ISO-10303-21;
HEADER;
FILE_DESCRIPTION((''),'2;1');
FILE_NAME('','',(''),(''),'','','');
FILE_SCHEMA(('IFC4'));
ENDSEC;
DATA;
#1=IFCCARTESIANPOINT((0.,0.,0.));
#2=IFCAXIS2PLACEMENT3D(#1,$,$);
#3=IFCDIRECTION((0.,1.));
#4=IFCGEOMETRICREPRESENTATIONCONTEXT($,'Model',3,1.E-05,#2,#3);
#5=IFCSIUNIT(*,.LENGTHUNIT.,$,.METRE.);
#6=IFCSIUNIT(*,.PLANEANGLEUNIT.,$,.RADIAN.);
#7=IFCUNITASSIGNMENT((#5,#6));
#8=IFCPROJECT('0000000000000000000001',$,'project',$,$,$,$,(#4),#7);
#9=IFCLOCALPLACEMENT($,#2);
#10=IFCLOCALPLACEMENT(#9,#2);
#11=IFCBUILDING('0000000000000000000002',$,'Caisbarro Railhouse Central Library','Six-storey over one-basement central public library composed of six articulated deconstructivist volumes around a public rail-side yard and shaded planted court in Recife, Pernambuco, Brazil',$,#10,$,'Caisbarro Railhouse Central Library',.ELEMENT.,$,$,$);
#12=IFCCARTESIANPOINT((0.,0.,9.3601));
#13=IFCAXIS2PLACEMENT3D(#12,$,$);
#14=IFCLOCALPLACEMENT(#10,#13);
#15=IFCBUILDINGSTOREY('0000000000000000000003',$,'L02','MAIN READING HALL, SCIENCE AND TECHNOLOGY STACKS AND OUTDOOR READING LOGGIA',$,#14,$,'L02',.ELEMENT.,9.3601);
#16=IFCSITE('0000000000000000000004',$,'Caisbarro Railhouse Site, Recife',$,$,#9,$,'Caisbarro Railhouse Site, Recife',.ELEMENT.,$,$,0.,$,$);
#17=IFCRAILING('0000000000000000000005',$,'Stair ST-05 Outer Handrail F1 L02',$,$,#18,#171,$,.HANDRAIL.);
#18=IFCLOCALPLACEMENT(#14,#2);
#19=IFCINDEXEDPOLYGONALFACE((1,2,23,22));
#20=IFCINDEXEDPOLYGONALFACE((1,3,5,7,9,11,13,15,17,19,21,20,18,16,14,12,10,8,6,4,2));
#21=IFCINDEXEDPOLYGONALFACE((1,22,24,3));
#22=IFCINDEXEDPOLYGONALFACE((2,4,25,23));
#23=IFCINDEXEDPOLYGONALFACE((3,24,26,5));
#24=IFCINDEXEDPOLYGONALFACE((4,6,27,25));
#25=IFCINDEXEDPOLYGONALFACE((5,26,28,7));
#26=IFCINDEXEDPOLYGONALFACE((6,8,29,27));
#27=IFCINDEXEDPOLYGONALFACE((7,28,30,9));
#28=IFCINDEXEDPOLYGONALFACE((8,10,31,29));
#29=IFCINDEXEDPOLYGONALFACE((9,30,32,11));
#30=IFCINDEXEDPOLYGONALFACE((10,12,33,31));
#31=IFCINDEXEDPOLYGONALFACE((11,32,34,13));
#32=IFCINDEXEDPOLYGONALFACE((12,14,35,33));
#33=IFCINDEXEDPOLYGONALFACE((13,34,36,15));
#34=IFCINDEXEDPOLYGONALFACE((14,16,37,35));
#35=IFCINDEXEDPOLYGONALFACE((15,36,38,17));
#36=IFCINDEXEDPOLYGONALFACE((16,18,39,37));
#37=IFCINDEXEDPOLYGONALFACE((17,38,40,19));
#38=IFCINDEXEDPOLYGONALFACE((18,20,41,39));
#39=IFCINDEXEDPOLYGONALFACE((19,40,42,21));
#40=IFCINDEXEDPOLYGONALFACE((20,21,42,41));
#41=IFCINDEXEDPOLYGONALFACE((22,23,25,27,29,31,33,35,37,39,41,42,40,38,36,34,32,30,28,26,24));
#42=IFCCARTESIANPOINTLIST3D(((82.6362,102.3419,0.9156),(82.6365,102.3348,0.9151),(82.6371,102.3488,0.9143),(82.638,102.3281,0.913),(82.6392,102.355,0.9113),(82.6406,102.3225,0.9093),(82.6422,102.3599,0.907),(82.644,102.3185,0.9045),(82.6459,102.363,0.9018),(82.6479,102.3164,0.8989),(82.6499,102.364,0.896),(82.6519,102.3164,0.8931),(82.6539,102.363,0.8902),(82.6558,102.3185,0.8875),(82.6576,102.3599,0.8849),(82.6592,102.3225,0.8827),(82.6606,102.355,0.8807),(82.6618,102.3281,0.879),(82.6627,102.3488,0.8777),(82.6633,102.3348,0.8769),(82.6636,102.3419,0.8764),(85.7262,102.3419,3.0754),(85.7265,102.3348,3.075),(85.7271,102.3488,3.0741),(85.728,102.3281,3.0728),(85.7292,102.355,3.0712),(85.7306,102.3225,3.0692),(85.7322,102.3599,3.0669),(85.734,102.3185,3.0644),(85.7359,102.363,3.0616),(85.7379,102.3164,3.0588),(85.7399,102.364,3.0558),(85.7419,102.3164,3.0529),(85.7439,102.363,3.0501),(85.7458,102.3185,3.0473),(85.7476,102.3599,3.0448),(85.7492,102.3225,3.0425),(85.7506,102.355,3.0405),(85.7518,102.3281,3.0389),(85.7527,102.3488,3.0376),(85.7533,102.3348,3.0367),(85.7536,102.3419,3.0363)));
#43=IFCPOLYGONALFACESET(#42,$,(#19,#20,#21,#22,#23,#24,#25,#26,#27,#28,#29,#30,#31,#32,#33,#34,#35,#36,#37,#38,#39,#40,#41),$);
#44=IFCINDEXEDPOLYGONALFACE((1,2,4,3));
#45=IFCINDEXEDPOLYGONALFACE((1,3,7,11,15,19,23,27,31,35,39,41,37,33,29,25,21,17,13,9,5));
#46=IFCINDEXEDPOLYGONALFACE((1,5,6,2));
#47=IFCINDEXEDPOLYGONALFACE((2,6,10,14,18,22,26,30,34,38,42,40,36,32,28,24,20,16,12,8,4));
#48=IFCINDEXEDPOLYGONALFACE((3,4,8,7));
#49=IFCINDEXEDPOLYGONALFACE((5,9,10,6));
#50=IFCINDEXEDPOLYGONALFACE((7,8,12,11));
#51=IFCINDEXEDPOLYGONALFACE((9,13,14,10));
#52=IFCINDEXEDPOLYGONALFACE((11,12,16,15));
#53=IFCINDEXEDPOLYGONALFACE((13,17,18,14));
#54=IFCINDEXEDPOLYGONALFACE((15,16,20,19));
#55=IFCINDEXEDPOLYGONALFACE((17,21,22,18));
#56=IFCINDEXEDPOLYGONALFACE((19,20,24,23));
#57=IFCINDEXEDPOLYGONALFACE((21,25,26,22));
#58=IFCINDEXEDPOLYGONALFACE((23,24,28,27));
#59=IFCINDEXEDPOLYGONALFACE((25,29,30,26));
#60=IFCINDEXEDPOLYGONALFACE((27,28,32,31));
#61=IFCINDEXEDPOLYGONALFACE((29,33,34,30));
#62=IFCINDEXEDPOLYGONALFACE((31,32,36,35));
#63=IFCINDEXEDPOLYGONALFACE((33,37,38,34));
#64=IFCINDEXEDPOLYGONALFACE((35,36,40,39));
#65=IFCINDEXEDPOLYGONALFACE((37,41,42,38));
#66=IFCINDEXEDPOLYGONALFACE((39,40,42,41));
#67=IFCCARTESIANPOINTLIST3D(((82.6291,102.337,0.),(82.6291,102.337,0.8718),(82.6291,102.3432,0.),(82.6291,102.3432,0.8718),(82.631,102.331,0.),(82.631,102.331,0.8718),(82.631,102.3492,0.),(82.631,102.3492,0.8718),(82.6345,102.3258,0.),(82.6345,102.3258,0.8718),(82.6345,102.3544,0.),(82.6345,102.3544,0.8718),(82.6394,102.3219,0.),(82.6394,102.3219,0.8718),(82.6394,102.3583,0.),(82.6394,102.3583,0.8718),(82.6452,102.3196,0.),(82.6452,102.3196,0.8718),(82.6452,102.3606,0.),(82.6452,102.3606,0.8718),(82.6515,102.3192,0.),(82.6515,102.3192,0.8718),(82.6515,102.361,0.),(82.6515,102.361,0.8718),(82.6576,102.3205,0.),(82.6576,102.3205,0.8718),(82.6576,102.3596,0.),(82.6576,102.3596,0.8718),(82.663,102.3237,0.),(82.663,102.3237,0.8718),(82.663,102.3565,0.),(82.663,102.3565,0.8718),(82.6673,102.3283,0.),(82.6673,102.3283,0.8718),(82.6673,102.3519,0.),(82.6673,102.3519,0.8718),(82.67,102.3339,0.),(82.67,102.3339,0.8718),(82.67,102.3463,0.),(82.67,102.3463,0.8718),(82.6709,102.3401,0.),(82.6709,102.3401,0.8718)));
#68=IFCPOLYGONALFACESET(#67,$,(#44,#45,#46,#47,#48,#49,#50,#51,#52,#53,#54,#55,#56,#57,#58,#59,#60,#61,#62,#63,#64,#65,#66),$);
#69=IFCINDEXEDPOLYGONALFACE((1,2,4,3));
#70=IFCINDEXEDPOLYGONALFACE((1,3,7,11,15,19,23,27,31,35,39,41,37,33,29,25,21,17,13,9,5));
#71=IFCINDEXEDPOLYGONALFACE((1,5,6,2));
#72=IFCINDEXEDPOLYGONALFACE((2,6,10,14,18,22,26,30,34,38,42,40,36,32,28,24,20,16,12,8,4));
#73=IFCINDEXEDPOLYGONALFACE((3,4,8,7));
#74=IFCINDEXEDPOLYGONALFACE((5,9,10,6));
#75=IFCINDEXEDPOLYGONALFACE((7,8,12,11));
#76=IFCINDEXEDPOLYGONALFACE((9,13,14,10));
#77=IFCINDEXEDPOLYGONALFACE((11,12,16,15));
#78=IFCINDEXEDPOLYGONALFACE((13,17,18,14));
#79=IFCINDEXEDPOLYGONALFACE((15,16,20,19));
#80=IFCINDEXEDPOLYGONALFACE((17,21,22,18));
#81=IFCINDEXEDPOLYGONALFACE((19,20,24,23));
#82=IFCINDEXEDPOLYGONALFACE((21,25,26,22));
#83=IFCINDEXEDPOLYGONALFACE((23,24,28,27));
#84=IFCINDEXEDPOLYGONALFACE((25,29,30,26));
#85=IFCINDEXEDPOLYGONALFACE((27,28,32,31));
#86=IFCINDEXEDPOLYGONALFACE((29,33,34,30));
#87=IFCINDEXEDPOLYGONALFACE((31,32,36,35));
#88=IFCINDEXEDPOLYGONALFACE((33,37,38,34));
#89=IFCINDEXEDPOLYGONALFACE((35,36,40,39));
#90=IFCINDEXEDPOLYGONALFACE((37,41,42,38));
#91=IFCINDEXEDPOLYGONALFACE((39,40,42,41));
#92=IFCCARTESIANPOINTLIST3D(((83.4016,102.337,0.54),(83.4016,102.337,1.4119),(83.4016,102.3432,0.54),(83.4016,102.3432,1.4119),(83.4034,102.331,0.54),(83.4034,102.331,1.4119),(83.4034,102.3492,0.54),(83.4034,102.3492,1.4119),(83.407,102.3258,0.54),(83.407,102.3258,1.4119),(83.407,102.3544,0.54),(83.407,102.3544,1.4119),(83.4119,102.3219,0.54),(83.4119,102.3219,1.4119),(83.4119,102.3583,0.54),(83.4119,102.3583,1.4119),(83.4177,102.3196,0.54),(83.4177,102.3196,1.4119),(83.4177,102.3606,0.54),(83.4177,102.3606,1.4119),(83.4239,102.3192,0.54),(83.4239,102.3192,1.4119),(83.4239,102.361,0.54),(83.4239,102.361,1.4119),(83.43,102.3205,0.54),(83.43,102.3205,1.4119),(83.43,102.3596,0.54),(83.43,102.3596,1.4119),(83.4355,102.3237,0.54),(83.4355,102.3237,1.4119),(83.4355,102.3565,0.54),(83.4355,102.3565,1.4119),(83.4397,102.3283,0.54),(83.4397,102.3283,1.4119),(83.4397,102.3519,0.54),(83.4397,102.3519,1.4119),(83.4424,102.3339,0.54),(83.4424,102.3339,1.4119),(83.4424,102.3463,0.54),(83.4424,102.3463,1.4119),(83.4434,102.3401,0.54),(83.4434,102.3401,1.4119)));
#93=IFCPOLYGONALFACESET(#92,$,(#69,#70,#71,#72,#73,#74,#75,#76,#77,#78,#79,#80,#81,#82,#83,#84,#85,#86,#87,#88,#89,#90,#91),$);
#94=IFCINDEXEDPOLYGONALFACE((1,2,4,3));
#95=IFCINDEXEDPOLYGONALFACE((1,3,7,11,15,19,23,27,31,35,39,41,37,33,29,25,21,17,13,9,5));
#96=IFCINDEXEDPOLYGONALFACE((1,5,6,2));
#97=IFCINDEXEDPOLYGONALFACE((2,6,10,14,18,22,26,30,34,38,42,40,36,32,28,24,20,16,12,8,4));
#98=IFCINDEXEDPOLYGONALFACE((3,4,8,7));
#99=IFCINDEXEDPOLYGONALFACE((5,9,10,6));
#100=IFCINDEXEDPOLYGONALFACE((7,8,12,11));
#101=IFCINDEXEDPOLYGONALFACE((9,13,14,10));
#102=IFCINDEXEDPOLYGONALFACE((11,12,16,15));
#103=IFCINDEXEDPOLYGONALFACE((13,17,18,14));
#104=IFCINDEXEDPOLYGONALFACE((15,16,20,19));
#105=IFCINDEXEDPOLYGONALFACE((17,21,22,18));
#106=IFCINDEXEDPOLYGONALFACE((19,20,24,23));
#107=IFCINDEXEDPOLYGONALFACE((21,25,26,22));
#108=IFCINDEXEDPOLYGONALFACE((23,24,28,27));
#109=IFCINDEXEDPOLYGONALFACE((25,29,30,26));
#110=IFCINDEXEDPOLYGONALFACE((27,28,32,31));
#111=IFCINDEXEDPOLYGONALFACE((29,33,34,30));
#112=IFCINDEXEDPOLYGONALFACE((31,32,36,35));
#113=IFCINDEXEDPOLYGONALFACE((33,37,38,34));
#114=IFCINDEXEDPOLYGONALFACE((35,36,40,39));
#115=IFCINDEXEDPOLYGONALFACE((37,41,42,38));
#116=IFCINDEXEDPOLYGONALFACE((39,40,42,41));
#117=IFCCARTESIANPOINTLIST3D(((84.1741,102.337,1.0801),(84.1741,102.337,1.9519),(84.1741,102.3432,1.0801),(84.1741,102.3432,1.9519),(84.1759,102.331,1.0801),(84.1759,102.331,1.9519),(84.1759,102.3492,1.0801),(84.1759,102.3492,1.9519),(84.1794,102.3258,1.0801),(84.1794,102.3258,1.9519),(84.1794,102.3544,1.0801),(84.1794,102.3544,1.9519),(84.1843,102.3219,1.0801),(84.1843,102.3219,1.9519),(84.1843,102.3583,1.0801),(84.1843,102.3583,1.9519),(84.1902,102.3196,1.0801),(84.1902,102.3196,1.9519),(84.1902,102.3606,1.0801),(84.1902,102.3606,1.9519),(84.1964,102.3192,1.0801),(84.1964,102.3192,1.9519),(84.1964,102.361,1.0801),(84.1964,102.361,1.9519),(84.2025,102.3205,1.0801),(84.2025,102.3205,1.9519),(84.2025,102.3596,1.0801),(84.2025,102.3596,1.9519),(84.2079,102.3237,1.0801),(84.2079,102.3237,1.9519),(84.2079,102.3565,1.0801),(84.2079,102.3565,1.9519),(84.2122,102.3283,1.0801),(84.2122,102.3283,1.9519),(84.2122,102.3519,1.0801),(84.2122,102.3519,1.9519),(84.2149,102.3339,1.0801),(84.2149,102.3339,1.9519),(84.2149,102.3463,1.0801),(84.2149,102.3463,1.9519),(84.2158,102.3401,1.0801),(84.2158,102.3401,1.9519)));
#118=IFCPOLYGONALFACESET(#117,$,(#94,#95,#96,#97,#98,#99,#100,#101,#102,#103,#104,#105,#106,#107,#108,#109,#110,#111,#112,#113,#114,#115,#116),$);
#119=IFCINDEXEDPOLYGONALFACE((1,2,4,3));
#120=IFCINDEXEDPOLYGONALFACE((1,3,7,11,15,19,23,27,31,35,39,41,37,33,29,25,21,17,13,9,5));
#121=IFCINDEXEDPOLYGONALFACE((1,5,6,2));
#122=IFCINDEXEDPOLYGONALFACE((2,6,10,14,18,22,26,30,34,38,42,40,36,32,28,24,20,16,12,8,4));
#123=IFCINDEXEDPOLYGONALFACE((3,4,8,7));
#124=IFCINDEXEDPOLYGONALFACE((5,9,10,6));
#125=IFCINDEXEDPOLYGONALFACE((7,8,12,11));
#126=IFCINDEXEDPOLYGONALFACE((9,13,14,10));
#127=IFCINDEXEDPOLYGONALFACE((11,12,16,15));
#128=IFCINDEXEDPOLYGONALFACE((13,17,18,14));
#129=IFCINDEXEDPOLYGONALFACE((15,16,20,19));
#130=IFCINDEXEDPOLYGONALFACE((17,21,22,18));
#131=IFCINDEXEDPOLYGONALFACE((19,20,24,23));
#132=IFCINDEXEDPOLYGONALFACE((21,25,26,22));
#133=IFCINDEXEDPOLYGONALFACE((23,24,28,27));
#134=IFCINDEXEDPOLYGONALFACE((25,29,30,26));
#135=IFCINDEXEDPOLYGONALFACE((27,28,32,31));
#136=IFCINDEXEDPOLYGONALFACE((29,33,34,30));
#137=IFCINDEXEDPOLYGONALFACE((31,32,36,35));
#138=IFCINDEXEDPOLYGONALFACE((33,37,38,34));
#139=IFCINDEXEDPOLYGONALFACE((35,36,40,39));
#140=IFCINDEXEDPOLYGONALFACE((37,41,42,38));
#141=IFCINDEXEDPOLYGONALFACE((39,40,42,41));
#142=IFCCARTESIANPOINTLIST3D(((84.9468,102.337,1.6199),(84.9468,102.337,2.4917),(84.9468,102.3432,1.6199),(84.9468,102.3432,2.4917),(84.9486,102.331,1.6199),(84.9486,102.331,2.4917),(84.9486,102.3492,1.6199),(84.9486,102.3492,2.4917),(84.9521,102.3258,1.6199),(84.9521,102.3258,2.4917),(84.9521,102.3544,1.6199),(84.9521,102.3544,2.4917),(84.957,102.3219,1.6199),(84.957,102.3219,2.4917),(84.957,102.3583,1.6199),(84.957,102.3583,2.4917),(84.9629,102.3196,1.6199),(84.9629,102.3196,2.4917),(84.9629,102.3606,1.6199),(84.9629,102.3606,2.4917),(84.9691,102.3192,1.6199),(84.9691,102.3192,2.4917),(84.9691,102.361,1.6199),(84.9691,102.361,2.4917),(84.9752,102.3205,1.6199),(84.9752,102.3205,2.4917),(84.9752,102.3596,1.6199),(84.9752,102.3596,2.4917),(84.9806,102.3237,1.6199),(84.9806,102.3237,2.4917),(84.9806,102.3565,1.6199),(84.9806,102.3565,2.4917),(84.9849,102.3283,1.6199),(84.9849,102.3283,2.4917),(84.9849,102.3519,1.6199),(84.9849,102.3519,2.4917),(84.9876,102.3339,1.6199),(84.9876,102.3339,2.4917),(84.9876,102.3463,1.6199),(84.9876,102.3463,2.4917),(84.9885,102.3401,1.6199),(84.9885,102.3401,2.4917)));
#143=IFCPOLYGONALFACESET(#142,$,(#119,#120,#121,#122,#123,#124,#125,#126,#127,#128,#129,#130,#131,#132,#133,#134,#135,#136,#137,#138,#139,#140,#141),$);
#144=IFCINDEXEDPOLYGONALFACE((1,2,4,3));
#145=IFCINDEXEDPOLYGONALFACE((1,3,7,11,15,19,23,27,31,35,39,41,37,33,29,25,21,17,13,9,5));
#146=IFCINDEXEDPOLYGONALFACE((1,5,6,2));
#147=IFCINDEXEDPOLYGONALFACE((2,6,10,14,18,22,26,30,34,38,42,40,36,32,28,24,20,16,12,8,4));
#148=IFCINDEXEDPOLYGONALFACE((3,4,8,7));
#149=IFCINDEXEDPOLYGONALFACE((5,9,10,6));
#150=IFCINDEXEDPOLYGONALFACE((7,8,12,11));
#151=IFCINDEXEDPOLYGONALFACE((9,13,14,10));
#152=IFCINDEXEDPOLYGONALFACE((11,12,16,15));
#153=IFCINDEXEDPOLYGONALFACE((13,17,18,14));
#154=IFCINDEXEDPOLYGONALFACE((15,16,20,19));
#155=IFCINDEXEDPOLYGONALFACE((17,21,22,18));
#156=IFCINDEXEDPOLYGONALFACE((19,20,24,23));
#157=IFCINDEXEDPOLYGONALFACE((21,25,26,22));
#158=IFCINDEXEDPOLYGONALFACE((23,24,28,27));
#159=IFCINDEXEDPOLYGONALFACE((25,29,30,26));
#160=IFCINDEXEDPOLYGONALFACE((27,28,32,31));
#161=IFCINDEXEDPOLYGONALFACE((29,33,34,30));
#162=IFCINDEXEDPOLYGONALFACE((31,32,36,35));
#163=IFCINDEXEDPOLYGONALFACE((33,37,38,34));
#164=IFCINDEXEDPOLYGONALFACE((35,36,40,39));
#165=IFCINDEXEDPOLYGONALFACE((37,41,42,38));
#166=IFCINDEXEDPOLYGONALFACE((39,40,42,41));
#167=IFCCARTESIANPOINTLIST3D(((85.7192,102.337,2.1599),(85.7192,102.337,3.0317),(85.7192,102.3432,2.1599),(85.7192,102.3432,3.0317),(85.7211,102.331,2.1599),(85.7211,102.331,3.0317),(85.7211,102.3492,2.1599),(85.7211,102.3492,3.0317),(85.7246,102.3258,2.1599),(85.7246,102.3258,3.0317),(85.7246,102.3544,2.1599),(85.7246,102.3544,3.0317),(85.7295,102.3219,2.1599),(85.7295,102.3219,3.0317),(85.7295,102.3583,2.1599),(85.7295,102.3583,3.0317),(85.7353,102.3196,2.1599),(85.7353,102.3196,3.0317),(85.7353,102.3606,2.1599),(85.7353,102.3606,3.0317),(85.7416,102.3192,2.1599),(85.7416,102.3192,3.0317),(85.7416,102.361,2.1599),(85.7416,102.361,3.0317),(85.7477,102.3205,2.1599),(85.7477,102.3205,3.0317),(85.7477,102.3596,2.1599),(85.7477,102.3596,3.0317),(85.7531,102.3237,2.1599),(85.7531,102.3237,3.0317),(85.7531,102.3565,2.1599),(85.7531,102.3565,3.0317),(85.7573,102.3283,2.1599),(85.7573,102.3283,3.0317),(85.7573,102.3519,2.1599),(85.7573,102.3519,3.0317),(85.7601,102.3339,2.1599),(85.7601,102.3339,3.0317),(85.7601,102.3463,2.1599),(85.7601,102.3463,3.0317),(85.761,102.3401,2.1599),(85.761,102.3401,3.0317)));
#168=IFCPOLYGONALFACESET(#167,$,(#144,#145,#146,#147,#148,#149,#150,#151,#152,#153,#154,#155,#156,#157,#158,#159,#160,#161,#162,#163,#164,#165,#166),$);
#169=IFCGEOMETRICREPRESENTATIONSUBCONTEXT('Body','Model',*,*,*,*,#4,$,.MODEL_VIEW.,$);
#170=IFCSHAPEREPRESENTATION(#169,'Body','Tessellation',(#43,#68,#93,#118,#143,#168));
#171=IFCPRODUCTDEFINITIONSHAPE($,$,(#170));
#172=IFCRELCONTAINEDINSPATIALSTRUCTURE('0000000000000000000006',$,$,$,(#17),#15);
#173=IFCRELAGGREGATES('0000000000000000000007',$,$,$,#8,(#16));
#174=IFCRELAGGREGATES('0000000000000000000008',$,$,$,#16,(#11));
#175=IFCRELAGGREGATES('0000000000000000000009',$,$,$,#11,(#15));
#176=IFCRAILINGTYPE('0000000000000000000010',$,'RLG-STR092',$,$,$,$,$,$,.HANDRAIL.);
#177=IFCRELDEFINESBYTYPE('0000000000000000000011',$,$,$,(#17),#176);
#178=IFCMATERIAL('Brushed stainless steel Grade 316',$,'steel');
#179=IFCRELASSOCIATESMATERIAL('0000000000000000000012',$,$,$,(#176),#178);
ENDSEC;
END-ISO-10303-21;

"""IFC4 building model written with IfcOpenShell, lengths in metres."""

from ifc_helpers import new_model, si_unit, direction, frame, origin, origin_2d, place, context, subcontext, project, spatial, circle, extrude, material, type_object, element, save


model = new_model("IFC4")

# Units and contexts
model_context = context("Model", 3, precision=1e-05, world=origin(), true_north=direction((0.0, 1.0)))
body_context = subcontext(model_context, "Body", "Model", "MODEL_VIEW")
ifc_project = project(units=[si_unit("LENGTHUNIT", "METRE"), si_unit("PLANEANGLEUNIT", "RADIAN")], contexts=[model_context])

# Site, building, storey
site_placement = place(None, origin())
site = spatial("IfcSite", under=ifc_project, at=site_placement, Name="Caisbarro Railhouse Site, Recife", LongName="Caisbarro Railhouse Site, Recife", CompositionType="ELEMENT", RefElevation=0.0)
building_placement = place(site_placement, origin())
building = spatial("IfcBuilding", under=site, at=building_placement, Name="Caisbarro Railhouse Central Library", Description="Six-storey over one-basement central public library composed of six articulated deconstructivist volumes around a public rail-side yard and shaded planted court in Recife, Pernambuco, Brazil", LongName="Caisbarro Railhouse Central Library", CompositionType="ELEMENT")
storey_placement = place(building_placement, frame((0.0, 0.0, 9.3601)))
storey = spatial("IfcBuildingStorey", under=building, at=storey_placement, Name="L02", Description="MAIN READING HALL, SCIENCE AND TECHNOLOGY STACKS AND OUTDOOR READING LOGGIA", LongName="L02", CompositionType="ELEMENT", Elevation=9.3601)

# Railing
ifc_material_1 = material(Name="Brushed stainless steel Grade 316", Category="steel")
railing_type_1 = type_object("IfcRailingType", Name="RLG-STR092", PredefinedType="HANDRAIL", material=ifc_material_1)
railing_1_placement = place(storey_placement, frame((82.6499, 102.3401, 0.0)))
element("IfcRailing", 1, at=railing_1_placement, inside=storey, type_object=railing_type_1, Name="Stair ST-05 Outer Handrail F1 L02", PredefinedType="HANDRAIL", context=body_context, shape_type="SweptSolid", body=[
    extrude(circle(Radius=0.0239, at=origin_2d()), frame((0.0, 0.0, 0.896), z_axis=(0.819624, 0.0, 0.572902), x_axis=(0.0, 1.0, 0.0)), (0.0, 0.0, 1.0), 3.77),
    extrude(circle(Radius=0.021, at=origin_2d()), origin(), (0.0, 0.0, 1.0), 0.8718),
    extrude(circle(Radius=0.021, at=origin_2d()), frame((0.7725, 0.0, 0.54)), (0.0, 0.0, 1.0), 0.8718),
    extrude(circle(Radius=0.021, at=origin_2d()), frame((1.5449, 0.0, 1.0801)), (0.0, 0.0, 1.0), 0.8718),
    extrude(circle(Radius=0.021, at=origin_2d()), frame((2.3176, 0.0, 1.6199)), (0.0, 0.0, 1.0), 0.8718),
    extrude(circle(Radius=0.021, at=origin_2d()), frame((3.0901, 0.0, 2.1599)), (0.0, 0.0, 1.0), 0.8718),
])

save(model, "model.ifc")
